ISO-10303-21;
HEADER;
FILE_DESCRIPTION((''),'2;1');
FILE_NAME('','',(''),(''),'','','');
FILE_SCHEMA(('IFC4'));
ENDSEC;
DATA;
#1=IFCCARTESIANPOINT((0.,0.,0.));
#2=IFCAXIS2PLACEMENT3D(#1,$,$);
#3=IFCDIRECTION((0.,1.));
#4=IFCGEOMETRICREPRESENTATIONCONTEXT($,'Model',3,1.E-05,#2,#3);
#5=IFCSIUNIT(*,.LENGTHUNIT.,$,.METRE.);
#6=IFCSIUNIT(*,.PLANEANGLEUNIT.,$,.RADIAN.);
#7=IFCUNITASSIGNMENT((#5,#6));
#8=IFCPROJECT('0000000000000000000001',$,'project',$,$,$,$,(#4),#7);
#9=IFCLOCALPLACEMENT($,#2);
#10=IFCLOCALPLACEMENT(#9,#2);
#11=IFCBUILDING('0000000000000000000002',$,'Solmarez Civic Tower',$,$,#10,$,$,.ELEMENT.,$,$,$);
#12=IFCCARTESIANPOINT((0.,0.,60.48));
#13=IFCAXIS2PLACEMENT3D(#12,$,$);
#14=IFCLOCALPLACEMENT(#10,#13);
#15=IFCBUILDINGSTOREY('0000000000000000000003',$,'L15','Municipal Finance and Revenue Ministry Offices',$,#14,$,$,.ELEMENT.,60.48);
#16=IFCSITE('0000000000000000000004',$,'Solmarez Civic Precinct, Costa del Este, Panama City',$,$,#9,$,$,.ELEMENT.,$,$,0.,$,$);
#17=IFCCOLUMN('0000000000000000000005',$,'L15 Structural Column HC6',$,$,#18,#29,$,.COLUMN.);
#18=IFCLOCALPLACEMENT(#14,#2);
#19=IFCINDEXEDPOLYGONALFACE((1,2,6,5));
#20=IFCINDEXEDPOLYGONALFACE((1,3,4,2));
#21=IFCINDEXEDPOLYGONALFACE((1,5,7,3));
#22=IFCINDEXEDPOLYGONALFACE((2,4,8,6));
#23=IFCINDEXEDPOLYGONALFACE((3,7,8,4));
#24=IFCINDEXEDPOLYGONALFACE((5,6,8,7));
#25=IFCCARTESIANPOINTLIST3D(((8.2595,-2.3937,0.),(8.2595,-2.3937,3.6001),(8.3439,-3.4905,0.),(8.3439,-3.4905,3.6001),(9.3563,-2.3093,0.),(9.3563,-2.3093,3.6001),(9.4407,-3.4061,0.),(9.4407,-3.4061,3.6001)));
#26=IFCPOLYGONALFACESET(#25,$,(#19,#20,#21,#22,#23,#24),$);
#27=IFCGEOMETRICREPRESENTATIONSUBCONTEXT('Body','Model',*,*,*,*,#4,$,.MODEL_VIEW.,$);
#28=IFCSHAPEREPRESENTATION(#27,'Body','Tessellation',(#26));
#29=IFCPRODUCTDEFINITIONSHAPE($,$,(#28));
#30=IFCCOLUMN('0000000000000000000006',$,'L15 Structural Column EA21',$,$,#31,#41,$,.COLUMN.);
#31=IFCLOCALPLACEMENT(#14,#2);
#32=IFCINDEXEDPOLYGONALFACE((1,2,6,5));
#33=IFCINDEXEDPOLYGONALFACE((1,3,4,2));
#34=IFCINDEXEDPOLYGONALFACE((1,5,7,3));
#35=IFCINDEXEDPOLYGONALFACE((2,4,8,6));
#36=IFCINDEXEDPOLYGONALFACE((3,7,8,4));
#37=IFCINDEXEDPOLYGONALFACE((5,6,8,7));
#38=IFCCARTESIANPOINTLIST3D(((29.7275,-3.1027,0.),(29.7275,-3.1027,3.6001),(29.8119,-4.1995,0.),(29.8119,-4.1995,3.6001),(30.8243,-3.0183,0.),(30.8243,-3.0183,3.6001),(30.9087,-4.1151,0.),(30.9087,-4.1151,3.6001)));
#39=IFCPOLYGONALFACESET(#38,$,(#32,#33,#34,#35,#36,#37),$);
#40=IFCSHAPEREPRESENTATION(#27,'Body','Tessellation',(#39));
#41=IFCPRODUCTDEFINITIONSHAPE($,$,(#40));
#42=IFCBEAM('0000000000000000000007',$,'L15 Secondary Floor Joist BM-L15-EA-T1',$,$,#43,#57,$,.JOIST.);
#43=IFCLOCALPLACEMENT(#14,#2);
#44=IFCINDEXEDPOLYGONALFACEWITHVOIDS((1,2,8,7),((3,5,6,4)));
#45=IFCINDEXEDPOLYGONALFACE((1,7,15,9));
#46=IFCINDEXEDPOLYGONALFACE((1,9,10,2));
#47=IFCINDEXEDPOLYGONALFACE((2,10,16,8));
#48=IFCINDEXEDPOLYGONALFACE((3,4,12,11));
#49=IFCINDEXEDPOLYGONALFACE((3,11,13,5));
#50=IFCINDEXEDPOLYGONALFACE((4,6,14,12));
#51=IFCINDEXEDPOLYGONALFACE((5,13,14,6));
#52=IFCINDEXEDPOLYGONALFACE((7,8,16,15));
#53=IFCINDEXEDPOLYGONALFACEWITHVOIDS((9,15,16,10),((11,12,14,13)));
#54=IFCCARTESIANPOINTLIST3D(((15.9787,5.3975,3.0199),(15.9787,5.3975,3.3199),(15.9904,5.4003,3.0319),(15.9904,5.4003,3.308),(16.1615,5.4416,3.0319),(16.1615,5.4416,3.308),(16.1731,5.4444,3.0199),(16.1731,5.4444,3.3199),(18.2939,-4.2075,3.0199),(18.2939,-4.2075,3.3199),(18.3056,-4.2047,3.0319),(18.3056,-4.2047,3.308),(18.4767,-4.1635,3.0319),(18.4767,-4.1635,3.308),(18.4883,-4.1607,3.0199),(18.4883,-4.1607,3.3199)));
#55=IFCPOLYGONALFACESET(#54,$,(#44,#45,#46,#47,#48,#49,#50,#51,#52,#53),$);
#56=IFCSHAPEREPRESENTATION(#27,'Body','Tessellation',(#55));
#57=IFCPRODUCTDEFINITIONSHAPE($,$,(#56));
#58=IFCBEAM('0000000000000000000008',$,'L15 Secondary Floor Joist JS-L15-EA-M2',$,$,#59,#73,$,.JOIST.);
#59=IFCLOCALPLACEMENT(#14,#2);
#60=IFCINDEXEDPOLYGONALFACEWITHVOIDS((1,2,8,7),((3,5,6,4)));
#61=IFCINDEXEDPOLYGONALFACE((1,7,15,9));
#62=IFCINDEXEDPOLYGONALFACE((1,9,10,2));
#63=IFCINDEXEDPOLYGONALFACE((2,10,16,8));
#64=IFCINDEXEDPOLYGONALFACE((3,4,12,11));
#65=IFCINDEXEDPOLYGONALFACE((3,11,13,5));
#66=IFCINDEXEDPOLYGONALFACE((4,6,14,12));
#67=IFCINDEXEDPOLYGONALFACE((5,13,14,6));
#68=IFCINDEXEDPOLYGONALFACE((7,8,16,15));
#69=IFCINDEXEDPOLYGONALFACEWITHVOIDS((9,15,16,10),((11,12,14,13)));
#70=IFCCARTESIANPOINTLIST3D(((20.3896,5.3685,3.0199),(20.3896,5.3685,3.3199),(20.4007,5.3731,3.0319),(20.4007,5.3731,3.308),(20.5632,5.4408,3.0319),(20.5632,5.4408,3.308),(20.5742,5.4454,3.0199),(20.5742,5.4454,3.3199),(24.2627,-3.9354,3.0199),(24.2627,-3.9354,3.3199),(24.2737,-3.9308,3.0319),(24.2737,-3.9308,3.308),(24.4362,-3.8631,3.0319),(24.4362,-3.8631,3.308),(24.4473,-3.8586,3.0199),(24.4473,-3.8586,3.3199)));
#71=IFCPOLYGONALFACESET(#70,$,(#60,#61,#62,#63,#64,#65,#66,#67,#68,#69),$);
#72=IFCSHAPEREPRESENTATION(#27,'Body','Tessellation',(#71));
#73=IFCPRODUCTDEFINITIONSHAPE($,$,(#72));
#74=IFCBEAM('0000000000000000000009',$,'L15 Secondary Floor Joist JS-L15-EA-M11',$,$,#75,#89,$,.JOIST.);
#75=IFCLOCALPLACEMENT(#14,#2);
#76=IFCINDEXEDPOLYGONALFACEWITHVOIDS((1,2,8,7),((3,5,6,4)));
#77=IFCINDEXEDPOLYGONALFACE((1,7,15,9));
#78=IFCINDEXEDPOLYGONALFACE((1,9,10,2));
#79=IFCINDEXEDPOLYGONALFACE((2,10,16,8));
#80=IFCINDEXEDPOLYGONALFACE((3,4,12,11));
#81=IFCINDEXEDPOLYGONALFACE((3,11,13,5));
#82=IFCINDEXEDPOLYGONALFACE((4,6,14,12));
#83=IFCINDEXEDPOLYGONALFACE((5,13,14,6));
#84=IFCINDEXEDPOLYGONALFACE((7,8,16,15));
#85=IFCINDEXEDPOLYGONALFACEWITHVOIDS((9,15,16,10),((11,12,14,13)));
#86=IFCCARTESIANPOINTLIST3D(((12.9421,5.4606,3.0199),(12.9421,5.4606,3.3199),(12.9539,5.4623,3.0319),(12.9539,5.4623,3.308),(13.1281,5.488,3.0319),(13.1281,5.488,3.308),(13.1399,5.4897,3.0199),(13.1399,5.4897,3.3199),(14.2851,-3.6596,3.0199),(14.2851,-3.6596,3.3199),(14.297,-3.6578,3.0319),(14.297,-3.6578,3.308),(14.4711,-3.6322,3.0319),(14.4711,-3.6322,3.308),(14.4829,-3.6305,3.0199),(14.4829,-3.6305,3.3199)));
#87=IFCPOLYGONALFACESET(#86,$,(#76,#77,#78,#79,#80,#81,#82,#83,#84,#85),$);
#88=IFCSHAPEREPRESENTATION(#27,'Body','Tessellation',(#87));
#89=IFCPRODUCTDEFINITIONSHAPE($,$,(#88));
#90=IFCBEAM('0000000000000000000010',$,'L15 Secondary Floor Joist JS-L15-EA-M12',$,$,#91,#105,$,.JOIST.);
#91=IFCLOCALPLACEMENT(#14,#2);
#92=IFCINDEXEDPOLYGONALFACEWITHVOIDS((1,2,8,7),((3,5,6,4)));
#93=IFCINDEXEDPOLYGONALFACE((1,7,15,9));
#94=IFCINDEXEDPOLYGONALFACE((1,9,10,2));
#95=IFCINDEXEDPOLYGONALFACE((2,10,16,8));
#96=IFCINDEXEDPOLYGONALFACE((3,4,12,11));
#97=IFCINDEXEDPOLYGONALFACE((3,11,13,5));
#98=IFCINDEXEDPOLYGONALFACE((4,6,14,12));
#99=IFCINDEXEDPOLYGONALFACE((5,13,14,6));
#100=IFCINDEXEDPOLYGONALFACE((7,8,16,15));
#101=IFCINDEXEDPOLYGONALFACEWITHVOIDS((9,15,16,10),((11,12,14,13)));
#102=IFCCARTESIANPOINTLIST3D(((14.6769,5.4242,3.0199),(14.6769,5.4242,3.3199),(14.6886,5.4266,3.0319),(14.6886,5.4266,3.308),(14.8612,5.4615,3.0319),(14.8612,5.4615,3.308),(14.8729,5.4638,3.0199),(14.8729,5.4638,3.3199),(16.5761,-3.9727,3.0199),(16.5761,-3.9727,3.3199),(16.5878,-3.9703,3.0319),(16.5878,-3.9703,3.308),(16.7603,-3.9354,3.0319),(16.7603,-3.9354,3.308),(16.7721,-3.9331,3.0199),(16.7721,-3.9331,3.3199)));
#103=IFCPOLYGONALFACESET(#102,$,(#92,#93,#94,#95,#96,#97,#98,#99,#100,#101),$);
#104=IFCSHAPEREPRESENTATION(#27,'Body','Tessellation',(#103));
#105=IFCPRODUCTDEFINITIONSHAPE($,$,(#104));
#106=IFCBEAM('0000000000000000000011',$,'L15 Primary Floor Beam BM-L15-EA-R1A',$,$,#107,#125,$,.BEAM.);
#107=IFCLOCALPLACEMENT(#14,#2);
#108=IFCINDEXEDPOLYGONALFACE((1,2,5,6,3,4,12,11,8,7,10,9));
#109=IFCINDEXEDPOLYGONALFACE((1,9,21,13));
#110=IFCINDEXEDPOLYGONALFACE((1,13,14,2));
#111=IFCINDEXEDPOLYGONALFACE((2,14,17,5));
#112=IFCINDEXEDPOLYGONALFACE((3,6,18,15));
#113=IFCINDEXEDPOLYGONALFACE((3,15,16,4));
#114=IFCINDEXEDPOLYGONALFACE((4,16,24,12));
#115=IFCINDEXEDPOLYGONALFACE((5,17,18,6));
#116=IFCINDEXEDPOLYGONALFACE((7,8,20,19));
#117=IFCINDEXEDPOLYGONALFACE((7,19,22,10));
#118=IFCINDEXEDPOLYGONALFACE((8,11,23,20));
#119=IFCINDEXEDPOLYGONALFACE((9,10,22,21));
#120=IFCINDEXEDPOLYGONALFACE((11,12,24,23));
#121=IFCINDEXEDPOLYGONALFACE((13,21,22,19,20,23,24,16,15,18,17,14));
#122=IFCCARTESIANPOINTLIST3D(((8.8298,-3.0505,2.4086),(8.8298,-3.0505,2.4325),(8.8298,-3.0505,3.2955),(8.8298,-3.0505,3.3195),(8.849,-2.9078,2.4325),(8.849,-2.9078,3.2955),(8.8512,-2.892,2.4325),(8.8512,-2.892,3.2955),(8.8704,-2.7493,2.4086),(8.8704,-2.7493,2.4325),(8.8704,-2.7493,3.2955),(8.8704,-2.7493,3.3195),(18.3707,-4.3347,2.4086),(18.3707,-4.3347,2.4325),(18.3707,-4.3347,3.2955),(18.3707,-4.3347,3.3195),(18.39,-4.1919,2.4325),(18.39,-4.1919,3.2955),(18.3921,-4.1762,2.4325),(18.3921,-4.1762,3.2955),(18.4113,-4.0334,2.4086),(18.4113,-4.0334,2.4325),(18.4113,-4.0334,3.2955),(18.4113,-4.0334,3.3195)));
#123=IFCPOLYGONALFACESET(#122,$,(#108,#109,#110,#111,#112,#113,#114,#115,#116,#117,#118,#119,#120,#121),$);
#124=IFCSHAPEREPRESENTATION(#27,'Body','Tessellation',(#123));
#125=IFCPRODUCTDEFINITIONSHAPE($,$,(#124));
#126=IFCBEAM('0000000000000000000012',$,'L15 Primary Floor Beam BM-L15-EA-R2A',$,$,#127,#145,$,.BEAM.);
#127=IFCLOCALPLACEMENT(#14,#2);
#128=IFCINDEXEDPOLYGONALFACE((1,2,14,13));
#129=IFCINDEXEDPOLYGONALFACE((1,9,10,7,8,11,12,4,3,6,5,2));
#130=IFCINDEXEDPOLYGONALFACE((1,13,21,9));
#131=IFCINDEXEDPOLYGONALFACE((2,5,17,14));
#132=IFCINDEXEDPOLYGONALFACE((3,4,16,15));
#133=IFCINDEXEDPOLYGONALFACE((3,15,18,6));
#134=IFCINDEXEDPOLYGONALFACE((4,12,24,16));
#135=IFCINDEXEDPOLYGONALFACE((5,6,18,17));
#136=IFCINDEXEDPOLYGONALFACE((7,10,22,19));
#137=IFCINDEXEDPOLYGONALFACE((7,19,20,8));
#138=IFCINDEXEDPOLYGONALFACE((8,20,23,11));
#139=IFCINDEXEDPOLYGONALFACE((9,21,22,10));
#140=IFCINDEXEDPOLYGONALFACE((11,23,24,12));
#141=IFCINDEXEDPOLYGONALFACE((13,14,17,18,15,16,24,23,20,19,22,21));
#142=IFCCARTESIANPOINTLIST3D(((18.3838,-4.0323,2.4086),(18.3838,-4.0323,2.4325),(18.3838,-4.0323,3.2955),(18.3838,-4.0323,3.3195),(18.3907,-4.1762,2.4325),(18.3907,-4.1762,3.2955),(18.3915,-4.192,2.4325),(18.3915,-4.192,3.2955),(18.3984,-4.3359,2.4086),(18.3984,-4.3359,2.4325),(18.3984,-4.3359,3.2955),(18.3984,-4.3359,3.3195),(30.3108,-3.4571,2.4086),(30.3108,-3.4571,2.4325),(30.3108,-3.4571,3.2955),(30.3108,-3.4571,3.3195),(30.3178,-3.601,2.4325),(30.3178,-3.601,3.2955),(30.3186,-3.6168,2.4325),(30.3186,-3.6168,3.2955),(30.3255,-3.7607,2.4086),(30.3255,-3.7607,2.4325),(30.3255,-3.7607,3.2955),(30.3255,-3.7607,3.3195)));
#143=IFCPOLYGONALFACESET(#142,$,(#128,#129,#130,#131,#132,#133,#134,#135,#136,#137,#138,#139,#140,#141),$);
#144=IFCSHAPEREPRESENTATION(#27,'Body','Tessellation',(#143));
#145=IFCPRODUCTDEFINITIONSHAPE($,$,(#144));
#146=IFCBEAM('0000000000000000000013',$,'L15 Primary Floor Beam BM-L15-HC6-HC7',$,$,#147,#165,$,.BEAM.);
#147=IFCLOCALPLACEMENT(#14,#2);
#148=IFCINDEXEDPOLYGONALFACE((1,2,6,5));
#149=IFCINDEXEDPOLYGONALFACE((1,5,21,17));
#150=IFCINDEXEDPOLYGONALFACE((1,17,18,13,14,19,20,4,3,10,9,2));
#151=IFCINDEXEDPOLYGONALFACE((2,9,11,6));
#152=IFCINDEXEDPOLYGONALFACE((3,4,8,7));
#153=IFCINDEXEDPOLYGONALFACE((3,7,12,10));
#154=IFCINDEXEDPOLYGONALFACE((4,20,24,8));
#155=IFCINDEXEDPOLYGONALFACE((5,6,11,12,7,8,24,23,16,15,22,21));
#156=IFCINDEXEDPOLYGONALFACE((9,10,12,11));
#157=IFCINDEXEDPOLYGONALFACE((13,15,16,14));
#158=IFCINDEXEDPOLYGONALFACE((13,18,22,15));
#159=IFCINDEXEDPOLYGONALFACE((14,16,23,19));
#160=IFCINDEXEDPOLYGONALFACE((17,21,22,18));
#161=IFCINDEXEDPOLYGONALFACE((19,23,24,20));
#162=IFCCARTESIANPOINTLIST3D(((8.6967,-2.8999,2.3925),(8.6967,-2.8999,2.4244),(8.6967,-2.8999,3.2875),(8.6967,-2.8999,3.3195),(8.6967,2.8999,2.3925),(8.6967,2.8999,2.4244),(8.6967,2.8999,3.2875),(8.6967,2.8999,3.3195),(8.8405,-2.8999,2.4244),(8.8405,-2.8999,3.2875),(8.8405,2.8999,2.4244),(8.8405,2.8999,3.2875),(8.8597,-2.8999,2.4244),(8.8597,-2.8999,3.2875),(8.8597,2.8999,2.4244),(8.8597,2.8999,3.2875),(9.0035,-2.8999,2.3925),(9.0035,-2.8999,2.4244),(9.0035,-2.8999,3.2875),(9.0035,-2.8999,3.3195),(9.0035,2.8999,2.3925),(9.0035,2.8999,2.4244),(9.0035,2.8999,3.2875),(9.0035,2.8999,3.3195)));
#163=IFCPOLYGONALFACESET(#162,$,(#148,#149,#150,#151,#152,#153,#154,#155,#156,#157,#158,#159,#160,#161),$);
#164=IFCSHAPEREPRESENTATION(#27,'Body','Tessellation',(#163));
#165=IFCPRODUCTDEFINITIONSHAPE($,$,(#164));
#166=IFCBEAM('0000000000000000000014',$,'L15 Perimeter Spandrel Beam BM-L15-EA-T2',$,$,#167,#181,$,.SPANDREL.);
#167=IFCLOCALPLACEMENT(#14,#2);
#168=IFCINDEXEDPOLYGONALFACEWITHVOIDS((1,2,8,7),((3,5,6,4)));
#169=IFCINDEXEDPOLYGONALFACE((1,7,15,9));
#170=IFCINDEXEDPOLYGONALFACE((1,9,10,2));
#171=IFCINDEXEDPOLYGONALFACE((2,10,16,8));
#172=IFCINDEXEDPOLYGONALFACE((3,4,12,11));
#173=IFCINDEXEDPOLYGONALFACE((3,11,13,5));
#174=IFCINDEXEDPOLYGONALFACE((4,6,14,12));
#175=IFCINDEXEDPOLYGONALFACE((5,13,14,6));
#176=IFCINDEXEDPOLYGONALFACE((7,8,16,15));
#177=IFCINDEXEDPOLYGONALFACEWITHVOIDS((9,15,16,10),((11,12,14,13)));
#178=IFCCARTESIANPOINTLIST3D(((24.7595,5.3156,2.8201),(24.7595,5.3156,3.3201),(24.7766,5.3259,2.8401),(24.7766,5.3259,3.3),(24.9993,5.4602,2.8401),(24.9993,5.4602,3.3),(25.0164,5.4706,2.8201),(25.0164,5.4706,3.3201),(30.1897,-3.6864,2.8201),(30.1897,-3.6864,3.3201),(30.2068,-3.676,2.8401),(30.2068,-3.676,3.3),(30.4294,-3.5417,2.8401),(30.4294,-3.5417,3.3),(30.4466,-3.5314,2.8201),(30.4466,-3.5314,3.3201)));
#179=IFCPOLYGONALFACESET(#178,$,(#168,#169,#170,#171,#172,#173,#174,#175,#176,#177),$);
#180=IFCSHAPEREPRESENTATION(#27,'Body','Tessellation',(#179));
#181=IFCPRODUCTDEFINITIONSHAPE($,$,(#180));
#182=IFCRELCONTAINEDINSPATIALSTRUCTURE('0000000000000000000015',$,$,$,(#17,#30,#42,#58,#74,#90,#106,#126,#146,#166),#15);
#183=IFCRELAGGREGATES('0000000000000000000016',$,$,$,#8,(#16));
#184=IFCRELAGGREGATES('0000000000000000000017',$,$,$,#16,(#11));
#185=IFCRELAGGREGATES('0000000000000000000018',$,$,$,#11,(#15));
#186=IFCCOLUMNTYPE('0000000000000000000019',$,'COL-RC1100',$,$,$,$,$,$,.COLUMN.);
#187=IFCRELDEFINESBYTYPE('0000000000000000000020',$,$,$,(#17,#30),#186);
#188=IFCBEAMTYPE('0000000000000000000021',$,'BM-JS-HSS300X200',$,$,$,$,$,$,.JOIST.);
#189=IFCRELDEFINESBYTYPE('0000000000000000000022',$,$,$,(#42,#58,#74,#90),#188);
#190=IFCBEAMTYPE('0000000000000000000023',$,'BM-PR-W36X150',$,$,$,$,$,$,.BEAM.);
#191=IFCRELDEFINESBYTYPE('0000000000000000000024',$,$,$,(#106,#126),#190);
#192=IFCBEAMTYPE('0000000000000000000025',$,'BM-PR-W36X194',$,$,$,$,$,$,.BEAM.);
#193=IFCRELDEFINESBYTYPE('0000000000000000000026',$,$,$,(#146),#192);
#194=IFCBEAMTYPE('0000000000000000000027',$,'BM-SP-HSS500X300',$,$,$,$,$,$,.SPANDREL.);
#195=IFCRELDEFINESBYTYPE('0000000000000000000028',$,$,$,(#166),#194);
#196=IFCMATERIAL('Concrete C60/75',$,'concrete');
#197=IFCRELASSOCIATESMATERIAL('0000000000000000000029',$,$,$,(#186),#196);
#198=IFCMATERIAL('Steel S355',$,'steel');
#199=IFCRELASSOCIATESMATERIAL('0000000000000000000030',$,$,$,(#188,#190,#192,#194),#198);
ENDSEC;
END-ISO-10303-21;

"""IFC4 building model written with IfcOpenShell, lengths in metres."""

from ifc_helpers import new_model, si_unit, direction, frame, origin, origin_2d, place, context, subcontext, project, spatial, rectangle, hollow_rectangle, i_section, extrude, material, material_profile, profile_set, type_object, element, save


model = new_model("IFC4")

# Units and contexts
model_context = context("Model", 3, precision=1e-05, world=origin(), true_north=direction((0.0, 1.0)))
body_context = subcontext(model_context, "Body", "Model", "MODEL_VIEW")
ifc_project = project(units=[si_unit("LENGTHUNIT", "METRE"), si_unit("PLANEANGLEUNIT", "RADIAN")], contexts=[model_context])

# Site, building, storey
site_placement = place(None, origin())
site = spatial("IfcSite", under=ifc_project, at=site_placement, Name="Solmarez Civic Precinct, Costa del Este, Panama City", CompositionType="ELEMENT", RefElevation=0.0)
building_placement = place(site_placement, origin())
building = spatial("IfcBuilding", under=site, at=building_placement, Name="Solmarez Civic Tower", CompositionType="ELEMENT")
storey_placement = place(building_placement, frame((0.0, 0.0, 60.48)))
storey = spatial("IfcBuildingStorey", under=building, at=storey_placement, Name="L15", Description="Municipal Finance and Revenue Ministry Offices", CompositionType="ELEMENT", Elevation=60.48)

# Columns
ifc_material_1 = material(Name="Concrete C60/75", Category="concrete")
ifc_material_profile_1 = material_profile(ifc_material_1, rectangle(XDim=1.1001, YDim=1.1001, at=origin_2d()), Name="RC1100X1100")
ifc_profile_set_1 = profile_set([ifc_material_profile_1], Name="Concrete C60/75")
column_type = type_object("IfcColumnType", Name="COL-RC1100", PredefinedType="COLUMN", material=ifc_profile_set_1)
for number, where, z_axis, x_axis, name in (
    (1, (8.8501, -2.8999, 0.0), (0.0, 0.0, 1.0), (0.997053, 0.076719, 0.0), "L15 Structural Column HC6"),
    (2, (30.3181, -3.6089, 0.0), (0.0, 0.0, 1.0), (0.997053, 0.076719, 0.0), "L15 Structural Column EA21"),
):
    element("IfcColumn", number, at=place(storey_placement, frame(where, z_axis=z_axis, x_axis=x_axis)), inside=storey, type_object=column_type, Name=name, PredefinedType="COLUMN", context=body_context, shape_type="SweptSolid", body=[
        extrude(rectangle(XDim=1.1001, YDim=1.1001, at=origin_2d()), origin(), (0.0, 0.0, 1.0), 3.6001),
    ])

# Beams
ifc_material_2 = material(Name="Steel S355", Category="steel")
ifc_material_profile_2 = material_profile(ifc_material_2, hollow_rectangle(XDim=0.2, YDim=0.3, WallThickness=0.012, at=origin_2d()), Name="HSS300X200X12")
ifc_profile_set_2 = profile_set([ifc_material_profile_2], Name="Steel S355")
beam_type_1 = type_object("IfcBeamType", Name="BM-JS-HSS300X200", PredefinedType="JOIST", material=ifc_profile_set_2)
beam_1_placement = place(storey_placement, frame((18.3911, -4.1841, 3.1699), z_axis=(-0.234329, 0.972157, 0.0), x_axis=(-0.972157, -0.234329, 0.0)))
element("IfcBeam", 3, at=beam_1_placement, inside=storey, type_object=beam_type_1, Name="L15 Secondary Floor Joist BM-L15-EA-T1", PredefinedType="JOIST", context=body_context, shape_type="SweptSolid", body=[
    extrude(hollow_rectangle(XDim=0.2, YDim=0.3, WallThickness=0.012, at=origin_2d()), origin(), (0.0, 0.0, 1.0), 9.8801),
])
beam_2_placement = place(storey_placement, frame((24.355, -3.897, 3.1699), z_axis=(-0.384311, 0.923204, 0.0), x_axis=(-0.923204, -0.384311, 0.0)))
element("IfcBeam", 4, at=beam_2_placement, inside=storey, type_object=beam_type_1, Name="L15 Secondary Floor Joist JS-L15-EA-M2", PredefinedType="JOIST", context=body_context, shape_type="SweptSolid", body=[
    extrude(hollow_rectangle(XDim=0.2, YDim=0.3, WallThickness=0.012, at=origin_2d()), origin(), (0.0, 0.0, 1.0), 10.0779),
])
beam_3_placement = place(storey_placement, frame((14.384, -3.645, 3.1699), z_axis=(-0.145688, 0.989331, 0.0), x_axis=(-0.989331, -0.145688, 0.0)))
element("IfcBeam", 5, at=beam_3_placement, inside=storey, type_object=beam_type_1, Name="L15 Secondary Floor Joist JS-L15-EA-M11", PredefinedType="JOIST", context=body_context, shape_type="SweptSolid", body=[
    extrude(hollow_rectangle(XDim=0.2, YDim=0.3, WallThickness=0.012, at=origin_2d()), origin(), (0.0, 0.0, 1.0), 9.2185),
])
beam_4_placement = place(storey_placement, frame((16.6741, -3.9529, 3.1699), z_axis=(-0.198099, 0.980182, 0.0), x_axis=(-0.980182, -0.198099, 0.0)))
element("IfcBeam", 6, at=beam_4_placement, inside=storey, type_object=beam_type_1, Name="L15 Secondary Floor Joist JS-L15-EA-M12", PredefinedType="JOIST", context=body_context, shape_type="SweptSolid", body=[
    extrude(hollow_rectangle(XDim=0.2, YDim=0.3, WallThickness=0.012, at=origin_2d()), origin(), (0.0, 0.0, 1.0), 9.5869),
])
ifc_material_profile_3 = material_profile(ifc_material_2, i_section(OverallWidth=0.304, OverallDepth=0.9109, WebThickness=0.0159, FlangeThickness=0.0239, at=origin_2d()), Name="W36X150")
ifc_profile_set_3 = profile_set([ifc_material_profile_3], Name="Steel S355")
beam_type_2 = type_object("IfcBeamType", Name="BM-PR-W36X150", PredefinedType="BEAM", material=ifc_profile_set_3)
beam_5_placement = place(storey_placement, frame((8.8501, -2.8999, 2.864), z_axis=(0.991063, -0.133393, 0.0), x_axis=(0.133393, 0.991063, 0.0)))
element("IfcBeam", 7, at=beam_5_placement, inside=storey, type_object=beam_type_2, Name="L15 Primary Floor Beam BM-L15-EA-R1A", PredefinedType="BEAM", context=body_context, shape_type="SweptSolid", body=[
    extrude(i_section(OverallWidth=0.304, OverallDepth=0.9109, WebThickness=0.0159, FlangeThickness=0.0239, at=origin_2d()), origin(), (0.0, 0.0, 1.0), 9.627),
])
beam_6_placement = place(storey_placement, frame((18.3911, -4.1841, 2.864), z_axis=(0.998839, 0.04817, 0.0), x_axis=(-0.04817, 0.998839, 0.0)))
element("IfcBeam", 8, at=beam_6_placement, inside=storey, type_object=beam_type_2, Name="L15 Primary Floor Beam BM-L15-EA-R2A", PredefinedType="BEAM", context=body_context, shape_type="SweptSolid", body=[
    extrude(i_section(OverallWidth=0.304, OverallDepth=0.9109, WebThickness=0.0159, FlangeThickness=0.0239, at=origin_2d()), origin(), (0.0, 0.0, 1.0), 11.9409),
])
ifc_material_profile_4 = material_profile(ifc_material_2, i_section(OverallWidth=0.3069, OverallDepth=0.927, WebThickness=0.0193, FlangeThickness=0.032, at=origin_2d()), Name="W36X194")
ifc_profile_set_4 = profile_set([ifc_material_profile_4], Name="Steel S355")
beam_type_3 = type_object("IfcBeamType", Name="BM-PR-W36X194", PredefinedType="BEAM", material=ifc_profile_set_4)
beam_7_placement = place(storey_placement, frame((8.8501, -2.8999, 2.856), z_axis=(0.0, 1.0, 0.0), x_axis=(-1.0, 0.0, 0.0)))
element("IfcBeam", 9, at=beam_7_placement, inside=storey, type_object=beam_type_3, Name="L15 Primary Floor Beam BM-L15-HC6-HC7", PredefinedType="BEAM", context=body_context, shape_type="SweptSolid", body=[
    extrude(i_section(OverallWidth=0.3069, OverallDepth=0.927, WebThickness=0.0193, FlangeThickness=0.032, at=origin_2d()), origin(), (0.0, 0.0, 1.0), 5.7998),
])
ifc_material_profile_5 = material_profile(ifc_material_2, hollow_rectangle(XDim=0.3, YDim=0.5, WallThickness=0.02, at=origin_2d()), Name="HSS500X300X20")
ifc_profile_set_5 = profile_set([ifc_material_profile_5], Name="Steel S355")
beam_type_4 = type_object("IfcBeamType", Name="BM-SP-HSS500X300", PredefinedType="SPANDREL", material=ifc_profile_set_5)
beam_8_placement = place(storey_placement, frame((30.3181, -3.6089, 3.0701), z_axis=(-0.516523, 0.856273, 0.0), x_axis=(-0.856273, -0.516523, 0.0)))
element("IfcBeam", 10, at=beam_8_placement, inside=storey, type_object=beam_type_4, Name="L15 Perimeter Spandrel Beam BM-L15-EA-T2", PredefinedType="SPANDREL", context=body_context, shape_type="SweptSolid", body=[
    extrude(hollow_rectangle(XDim=0.3, YDim=0.5, WallThickness=0.02, at=origin_2d()), origin(), (0.0, 0.0, 1.0), 10.5129),
])

save(model, "model.ifc")
